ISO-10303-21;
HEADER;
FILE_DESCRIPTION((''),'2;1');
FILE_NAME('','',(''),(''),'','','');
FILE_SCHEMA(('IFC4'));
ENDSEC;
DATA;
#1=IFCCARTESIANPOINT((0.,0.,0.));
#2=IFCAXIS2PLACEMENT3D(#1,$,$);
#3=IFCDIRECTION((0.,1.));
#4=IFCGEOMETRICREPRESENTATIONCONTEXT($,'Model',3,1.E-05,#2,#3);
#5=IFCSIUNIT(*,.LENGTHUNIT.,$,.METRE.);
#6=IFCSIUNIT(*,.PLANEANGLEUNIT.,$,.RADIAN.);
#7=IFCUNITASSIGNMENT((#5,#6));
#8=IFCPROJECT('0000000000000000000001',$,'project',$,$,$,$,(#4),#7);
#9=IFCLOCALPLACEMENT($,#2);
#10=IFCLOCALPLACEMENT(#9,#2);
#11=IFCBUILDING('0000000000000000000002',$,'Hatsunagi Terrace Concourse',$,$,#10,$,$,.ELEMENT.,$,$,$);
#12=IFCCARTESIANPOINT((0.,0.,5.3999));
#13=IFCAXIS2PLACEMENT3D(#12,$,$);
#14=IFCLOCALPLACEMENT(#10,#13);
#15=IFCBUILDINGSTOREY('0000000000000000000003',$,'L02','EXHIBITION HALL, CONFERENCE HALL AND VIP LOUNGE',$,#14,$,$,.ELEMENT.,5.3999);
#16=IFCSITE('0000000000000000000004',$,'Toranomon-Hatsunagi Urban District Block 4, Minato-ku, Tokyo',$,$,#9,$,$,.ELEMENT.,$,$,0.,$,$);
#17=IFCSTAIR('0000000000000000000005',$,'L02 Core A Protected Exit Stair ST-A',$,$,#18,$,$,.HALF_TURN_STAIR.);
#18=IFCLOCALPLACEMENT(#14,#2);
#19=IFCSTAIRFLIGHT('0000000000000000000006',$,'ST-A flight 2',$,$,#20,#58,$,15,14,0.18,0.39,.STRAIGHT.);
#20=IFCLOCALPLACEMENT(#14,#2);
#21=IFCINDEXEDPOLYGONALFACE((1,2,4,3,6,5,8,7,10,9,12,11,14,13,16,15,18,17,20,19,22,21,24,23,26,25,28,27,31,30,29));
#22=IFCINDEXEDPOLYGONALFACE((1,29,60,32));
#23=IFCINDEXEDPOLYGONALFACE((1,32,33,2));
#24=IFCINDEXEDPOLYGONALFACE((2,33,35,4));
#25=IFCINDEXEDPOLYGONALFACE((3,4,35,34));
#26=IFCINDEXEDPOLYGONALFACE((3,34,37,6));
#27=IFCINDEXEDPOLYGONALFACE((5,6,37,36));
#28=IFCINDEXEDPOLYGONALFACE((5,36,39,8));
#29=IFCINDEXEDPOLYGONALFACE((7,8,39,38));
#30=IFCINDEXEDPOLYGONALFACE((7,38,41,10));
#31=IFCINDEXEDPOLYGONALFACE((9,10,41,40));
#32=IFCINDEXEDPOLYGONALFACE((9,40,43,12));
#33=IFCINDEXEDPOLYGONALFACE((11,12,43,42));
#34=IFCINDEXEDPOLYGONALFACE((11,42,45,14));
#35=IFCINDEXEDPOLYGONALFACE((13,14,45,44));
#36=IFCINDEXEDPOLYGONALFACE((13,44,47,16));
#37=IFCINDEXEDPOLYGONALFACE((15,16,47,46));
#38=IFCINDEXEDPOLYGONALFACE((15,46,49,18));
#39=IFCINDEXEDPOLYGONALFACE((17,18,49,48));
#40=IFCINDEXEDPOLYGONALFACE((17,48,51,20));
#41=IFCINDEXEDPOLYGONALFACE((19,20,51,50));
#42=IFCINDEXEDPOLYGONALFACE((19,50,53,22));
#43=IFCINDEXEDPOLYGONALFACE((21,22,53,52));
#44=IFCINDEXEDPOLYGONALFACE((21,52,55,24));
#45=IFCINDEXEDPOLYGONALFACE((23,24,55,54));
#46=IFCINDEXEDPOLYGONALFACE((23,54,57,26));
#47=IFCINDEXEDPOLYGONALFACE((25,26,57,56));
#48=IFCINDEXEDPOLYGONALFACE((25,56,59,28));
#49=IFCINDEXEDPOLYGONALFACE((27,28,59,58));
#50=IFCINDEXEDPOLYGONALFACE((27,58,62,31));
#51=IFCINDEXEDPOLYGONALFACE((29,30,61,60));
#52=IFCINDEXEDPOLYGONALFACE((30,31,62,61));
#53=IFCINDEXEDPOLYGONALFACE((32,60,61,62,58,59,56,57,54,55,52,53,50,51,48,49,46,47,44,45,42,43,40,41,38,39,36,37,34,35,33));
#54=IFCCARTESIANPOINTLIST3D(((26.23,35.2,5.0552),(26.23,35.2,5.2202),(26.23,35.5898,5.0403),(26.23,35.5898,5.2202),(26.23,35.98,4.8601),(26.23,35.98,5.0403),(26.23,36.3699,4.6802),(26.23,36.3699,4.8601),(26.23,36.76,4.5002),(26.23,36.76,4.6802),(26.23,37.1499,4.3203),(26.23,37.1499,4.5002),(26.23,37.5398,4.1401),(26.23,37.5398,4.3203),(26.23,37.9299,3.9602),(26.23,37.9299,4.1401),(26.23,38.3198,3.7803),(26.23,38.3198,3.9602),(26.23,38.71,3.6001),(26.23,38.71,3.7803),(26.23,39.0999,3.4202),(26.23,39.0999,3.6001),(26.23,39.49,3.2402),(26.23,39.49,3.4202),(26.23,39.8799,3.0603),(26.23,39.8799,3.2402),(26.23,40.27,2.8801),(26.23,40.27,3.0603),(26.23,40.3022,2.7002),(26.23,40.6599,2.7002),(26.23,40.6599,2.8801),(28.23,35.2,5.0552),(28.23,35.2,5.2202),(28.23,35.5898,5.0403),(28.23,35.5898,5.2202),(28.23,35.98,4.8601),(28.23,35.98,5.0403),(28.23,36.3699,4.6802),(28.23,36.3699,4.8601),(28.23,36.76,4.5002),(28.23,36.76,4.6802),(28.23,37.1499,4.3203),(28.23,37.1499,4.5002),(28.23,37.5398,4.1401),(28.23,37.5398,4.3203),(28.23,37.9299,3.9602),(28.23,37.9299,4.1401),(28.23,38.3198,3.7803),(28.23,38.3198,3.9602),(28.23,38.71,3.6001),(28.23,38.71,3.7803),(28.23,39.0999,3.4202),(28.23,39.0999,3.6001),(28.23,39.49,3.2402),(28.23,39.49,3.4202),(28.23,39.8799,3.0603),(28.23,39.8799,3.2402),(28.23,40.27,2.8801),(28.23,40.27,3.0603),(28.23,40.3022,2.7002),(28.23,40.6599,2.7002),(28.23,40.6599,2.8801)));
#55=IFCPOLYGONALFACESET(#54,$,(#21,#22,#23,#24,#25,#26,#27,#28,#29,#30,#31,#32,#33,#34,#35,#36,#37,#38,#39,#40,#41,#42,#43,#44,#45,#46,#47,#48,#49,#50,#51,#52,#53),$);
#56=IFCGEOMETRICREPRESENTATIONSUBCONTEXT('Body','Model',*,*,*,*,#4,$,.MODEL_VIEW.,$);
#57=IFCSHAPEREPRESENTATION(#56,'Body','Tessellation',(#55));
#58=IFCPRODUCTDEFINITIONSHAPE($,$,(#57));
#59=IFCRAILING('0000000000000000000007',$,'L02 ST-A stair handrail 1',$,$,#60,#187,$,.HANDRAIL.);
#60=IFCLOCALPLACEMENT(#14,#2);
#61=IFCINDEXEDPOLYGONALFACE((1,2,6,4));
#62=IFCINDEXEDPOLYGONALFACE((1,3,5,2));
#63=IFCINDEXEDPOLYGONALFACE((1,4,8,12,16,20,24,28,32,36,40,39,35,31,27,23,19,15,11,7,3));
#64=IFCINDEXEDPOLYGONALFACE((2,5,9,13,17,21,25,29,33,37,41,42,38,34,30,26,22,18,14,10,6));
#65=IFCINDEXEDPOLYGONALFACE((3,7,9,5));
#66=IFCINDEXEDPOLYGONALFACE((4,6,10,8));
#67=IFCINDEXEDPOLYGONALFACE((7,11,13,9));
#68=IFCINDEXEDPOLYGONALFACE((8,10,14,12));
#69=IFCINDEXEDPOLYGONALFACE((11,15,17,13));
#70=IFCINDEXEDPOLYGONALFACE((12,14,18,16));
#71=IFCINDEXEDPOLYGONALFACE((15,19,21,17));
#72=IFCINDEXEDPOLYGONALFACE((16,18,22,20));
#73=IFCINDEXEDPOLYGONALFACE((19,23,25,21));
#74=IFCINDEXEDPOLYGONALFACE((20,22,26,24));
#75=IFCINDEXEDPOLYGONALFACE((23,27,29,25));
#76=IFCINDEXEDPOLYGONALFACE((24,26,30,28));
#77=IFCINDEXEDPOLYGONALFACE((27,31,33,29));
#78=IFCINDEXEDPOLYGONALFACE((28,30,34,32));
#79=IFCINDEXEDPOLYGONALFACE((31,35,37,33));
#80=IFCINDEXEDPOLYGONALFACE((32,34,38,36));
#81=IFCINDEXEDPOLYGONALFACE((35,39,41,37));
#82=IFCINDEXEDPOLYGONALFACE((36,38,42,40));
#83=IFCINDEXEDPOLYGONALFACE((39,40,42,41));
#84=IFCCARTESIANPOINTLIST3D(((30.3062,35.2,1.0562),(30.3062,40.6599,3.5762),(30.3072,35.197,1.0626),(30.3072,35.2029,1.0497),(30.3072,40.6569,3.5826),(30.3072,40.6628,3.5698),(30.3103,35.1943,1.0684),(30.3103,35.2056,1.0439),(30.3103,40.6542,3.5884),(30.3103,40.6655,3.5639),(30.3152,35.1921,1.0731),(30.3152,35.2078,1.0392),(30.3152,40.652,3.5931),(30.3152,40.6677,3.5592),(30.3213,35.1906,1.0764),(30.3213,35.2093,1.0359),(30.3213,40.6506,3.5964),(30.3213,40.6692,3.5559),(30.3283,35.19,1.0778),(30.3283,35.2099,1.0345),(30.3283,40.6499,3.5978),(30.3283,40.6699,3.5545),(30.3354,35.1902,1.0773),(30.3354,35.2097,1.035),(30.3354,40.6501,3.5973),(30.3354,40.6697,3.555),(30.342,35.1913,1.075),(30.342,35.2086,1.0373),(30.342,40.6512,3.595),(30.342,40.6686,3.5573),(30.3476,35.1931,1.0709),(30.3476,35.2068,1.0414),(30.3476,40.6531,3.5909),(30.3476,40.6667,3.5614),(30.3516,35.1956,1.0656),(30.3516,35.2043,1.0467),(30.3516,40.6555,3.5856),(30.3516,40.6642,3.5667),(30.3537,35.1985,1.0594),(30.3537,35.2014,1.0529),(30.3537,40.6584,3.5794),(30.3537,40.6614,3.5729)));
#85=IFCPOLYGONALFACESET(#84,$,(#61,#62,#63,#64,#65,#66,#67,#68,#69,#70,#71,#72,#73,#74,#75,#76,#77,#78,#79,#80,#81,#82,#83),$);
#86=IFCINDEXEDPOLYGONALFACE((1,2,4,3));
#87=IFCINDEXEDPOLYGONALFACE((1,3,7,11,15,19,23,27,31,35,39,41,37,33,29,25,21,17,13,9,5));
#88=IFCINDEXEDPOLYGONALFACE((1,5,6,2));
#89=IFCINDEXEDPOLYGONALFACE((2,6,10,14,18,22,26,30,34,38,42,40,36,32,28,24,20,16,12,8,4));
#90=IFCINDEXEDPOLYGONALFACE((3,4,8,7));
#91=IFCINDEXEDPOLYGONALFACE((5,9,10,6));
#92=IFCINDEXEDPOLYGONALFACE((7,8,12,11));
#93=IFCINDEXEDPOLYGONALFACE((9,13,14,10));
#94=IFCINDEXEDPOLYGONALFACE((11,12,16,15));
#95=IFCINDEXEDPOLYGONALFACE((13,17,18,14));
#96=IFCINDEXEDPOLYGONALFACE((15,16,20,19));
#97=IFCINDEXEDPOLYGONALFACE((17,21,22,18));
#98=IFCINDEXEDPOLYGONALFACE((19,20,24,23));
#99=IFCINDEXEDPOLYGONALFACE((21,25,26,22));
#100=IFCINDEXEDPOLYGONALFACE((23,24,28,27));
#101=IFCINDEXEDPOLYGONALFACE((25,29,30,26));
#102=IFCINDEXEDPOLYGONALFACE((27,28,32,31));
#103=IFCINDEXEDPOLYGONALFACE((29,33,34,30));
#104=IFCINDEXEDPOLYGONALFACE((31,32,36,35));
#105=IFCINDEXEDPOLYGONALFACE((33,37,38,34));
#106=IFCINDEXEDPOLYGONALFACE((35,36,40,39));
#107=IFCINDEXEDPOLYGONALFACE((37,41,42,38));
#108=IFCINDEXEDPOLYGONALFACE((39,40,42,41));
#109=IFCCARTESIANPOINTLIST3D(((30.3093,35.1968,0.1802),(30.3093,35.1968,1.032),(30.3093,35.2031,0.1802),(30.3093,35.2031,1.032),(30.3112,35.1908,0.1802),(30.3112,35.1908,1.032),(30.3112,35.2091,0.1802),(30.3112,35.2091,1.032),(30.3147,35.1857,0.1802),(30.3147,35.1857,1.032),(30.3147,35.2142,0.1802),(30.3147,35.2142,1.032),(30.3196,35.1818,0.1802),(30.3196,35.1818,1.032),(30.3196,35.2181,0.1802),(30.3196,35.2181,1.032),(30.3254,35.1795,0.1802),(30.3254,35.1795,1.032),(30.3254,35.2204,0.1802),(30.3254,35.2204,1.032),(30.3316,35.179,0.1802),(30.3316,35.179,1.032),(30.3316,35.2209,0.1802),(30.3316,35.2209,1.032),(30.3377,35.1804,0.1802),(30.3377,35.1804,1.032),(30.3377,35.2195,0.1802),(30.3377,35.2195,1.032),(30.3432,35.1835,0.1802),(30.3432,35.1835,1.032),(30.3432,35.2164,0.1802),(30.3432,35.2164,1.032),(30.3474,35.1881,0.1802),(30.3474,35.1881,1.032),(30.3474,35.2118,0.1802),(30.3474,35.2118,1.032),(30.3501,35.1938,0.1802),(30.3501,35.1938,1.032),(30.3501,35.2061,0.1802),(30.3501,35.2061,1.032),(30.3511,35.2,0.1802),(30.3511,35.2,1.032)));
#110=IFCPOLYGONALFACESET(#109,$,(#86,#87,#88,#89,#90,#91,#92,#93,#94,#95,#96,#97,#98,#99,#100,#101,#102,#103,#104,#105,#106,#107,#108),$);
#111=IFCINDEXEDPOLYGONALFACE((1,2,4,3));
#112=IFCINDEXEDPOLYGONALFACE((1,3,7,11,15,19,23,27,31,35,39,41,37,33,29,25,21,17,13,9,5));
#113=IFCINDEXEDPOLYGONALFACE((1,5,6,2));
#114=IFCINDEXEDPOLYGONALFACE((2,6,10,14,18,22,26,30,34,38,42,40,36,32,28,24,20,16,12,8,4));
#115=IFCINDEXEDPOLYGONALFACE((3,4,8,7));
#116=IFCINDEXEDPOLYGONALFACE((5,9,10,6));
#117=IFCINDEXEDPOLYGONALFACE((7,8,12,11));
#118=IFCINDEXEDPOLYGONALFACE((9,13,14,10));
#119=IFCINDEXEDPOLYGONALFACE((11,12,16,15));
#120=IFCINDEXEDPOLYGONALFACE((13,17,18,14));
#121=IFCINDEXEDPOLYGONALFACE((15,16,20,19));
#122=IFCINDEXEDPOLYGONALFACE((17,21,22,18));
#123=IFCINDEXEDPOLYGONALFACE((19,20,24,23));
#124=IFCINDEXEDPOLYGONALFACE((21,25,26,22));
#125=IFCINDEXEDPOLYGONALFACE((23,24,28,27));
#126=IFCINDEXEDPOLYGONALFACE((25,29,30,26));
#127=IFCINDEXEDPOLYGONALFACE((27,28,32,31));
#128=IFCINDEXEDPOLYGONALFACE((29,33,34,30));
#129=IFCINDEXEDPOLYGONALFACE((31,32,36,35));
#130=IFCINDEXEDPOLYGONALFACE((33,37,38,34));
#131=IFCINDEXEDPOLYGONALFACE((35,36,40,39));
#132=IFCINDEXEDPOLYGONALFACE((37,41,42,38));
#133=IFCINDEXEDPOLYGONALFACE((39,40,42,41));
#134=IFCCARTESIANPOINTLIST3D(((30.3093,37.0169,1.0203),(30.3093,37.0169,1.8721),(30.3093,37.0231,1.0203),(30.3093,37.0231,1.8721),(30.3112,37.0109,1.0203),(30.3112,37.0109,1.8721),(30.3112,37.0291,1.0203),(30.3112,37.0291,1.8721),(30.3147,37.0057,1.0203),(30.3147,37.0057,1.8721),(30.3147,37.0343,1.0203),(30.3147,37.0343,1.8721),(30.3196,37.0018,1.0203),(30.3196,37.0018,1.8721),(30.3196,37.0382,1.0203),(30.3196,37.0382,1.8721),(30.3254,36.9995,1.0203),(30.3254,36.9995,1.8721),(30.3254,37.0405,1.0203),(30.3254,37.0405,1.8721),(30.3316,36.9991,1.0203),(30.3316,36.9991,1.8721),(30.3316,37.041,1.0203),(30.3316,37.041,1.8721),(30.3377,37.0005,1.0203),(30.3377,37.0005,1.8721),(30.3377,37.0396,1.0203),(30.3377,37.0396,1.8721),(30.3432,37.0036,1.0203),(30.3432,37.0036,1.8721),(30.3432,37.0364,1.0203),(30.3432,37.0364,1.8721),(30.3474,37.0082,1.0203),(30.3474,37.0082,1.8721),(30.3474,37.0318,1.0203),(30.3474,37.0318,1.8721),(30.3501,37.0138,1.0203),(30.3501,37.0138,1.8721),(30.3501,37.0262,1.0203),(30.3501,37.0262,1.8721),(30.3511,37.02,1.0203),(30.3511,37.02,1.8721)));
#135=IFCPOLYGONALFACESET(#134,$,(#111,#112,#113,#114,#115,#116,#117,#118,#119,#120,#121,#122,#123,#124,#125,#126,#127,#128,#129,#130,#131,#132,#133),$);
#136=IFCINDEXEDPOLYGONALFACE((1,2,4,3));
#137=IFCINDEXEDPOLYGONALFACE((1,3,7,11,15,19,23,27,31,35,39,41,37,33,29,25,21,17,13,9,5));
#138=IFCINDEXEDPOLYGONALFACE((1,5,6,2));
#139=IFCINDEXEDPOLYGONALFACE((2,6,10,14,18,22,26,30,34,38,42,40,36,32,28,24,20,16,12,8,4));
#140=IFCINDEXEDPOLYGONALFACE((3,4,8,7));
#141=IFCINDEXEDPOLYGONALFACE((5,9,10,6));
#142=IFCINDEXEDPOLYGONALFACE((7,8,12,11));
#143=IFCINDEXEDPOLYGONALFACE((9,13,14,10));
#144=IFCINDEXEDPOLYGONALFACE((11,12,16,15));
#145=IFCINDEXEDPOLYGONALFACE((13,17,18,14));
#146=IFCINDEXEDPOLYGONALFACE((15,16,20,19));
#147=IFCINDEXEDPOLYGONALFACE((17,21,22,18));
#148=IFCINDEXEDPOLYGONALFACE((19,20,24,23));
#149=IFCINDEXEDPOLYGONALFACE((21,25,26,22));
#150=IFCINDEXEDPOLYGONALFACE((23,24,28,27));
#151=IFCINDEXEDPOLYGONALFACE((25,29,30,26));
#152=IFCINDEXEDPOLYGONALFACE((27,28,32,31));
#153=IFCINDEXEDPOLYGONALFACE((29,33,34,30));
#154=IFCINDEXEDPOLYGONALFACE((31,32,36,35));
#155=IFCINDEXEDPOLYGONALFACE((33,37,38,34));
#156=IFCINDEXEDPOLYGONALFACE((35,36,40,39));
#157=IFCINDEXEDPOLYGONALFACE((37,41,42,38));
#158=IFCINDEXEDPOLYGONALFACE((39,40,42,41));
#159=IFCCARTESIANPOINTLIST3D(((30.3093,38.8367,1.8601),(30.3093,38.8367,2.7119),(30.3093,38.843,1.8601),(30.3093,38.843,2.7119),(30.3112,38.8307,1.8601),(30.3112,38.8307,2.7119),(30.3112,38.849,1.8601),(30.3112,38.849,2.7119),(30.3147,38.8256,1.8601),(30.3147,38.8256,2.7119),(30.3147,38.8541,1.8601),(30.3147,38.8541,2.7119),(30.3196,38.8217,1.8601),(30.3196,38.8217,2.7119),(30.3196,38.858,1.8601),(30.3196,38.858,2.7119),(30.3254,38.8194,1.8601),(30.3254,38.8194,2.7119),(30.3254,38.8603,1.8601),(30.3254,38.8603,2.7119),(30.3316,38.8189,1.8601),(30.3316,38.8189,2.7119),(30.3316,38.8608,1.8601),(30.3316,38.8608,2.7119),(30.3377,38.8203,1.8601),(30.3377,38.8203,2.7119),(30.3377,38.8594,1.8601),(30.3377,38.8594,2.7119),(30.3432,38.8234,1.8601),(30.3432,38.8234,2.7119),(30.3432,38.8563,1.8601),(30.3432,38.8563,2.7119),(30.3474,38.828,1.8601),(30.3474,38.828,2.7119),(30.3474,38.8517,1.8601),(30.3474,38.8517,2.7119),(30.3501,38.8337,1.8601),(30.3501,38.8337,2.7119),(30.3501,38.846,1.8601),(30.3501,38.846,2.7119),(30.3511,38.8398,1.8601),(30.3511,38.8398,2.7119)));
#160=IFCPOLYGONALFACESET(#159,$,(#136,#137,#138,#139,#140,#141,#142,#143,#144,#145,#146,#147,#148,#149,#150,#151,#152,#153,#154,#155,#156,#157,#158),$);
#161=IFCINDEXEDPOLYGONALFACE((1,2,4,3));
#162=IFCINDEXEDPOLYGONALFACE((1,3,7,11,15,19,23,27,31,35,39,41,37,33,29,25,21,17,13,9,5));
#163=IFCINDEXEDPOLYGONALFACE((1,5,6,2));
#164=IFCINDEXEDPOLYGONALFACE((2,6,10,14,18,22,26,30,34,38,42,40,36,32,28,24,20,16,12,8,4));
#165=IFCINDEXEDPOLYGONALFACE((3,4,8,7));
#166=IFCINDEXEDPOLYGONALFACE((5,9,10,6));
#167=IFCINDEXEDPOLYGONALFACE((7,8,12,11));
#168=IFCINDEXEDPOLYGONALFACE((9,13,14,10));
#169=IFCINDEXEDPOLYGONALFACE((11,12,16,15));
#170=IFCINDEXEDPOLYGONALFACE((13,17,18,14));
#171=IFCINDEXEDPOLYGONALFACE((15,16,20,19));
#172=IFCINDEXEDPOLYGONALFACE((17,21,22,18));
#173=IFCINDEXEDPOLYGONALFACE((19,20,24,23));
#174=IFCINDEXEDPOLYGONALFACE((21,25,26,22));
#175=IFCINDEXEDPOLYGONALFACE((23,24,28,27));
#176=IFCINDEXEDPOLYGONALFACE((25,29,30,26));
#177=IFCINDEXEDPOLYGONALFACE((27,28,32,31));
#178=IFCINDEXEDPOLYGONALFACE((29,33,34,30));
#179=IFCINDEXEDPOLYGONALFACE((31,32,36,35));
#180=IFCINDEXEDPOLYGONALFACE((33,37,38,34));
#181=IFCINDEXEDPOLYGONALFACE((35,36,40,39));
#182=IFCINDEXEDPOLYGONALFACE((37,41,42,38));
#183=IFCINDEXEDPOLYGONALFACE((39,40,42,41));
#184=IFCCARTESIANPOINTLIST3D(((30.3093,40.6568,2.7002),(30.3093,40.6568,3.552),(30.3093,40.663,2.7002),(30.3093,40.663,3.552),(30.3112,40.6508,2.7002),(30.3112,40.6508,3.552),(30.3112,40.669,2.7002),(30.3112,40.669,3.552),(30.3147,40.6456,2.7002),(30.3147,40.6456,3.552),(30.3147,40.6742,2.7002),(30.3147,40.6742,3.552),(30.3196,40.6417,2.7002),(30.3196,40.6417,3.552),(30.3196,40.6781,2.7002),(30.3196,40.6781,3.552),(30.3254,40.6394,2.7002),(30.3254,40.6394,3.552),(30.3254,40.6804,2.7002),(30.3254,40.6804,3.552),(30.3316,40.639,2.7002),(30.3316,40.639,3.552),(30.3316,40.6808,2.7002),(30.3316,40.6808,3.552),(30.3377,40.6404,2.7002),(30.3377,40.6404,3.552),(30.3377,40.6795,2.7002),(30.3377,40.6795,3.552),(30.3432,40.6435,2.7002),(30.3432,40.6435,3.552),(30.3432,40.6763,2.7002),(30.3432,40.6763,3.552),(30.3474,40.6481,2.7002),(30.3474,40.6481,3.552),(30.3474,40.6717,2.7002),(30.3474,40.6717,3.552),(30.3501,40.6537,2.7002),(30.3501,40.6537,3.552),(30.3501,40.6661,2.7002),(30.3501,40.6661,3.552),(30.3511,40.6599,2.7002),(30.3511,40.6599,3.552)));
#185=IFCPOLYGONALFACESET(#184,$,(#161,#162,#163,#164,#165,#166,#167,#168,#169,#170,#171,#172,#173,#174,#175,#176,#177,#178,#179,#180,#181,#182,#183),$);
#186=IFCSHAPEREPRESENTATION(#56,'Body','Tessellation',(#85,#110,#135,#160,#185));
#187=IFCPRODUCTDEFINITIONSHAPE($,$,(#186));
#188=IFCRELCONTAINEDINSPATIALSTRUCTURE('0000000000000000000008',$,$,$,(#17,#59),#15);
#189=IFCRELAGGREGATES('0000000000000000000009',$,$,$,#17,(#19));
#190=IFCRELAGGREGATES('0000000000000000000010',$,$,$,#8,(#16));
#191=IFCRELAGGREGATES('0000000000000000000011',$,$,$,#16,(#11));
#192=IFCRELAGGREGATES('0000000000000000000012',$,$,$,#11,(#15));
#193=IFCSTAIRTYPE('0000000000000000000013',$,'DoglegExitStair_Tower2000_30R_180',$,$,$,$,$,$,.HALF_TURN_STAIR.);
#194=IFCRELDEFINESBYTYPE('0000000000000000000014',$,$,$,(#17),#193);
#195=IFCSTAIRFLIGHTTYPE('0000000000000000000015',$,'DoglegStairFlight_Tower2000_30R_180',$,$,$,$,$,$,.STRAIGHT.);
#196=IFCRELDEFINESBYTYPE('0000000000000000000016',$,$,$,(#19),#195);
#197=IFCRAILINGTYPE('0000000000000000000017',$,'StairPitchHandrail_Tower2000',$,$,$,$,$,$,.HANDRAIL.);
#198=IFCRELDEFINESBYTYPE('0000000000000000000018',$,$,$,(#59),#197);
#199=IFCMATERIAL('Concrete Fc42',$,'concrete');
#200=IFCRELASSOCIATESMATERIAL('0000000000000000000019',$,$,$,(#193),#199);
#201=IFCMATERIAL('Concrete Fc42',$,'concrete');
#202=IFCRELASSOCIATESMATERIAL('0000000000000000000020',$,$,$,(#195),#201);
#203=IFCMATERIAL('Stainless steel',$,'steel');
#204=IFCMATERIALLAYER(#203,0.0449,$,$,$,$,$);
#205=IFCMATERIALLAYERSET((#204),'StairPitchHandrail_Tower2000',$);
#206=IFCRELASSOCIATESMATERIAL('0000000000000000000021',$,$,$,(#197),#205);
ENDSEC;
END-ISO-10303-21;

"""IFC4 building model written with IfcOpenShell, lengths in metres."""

from ifc_helpers import new_model, si_unit, direction, frame, origin, origin_2d, place, context, subcontext, project, spatial, polyline, circle, outline, extrude, material, layer, layer_set, type_object, element, aggregate, save


model = new_model("IFC4")

# Units and contexts
model_context = context("Model", 3, precision=1e-05, world=origin(), true_north=direction((0.0, 1.0)))
body_context = subcontext(model_context, "Body", "Model", "MODEL_VIEW")
ifc_project = project(units=[si_unit("LENGTHUNIT", "METRE"), si_unit("PLANEANGLEUNIT", "RADIAN")], contexts=[model_context])

# Site, building, storey
site_placement = place(None, origin())
site = spatial("IfcSite", under=ifc_project, at=site_placement, Name="Toranomon-Hatsunagi Urban District Block 4, Minato-ku, Tokyo", CompositionType="ELEMENT", RefElevation=0.0)
building_placement = place(site_placement, origin())
building = spatial("IfcBuilding", under=site, at=building_placement, Name="Hatsunagi Terrace Concourse", CompositionType="ELEMENT")
storey_placement = place(building_placement, frame((0.0, 0.0, 5.3999)))
storey = spatial("IfcBuildingStorey", under=building, at=storey_placement, Name="L02", Description="EXHIBITION HALL, CONFERENCE HALL AND VIP LOUNGE", CompositionType="ELEMENT", Elevation=5.3999)

# Stair, stair flight
ifc_material_1 = material(Name="Concrete Fc42", Category="concrete")
stair_type = type_object("IfcStairType", Name="DoglegExitStair_Tower2000_30R_180", PredefinedType="HALF_TURN_STAIR", material=ifc_material_1)
stair_placement = place(storey_placement, origin())
stair = element("IfcStair", 1, at=stair_placement, inside=storey, type_object=stair_type, Name="L02 Core A Protected Exit Stair ST-A", PredefinedType="HALF_TURN_STAIR")
ifc_material_2 = material(Name="Concrete Fc42", Category="concrete")
stair_flight_type = type_object("IfcStairFlightType", Name="DoglegStairFlight_Tower2000_30R_180", PredefinedType="STRAIGHT", material=ifc_material_2)
stair_flight_placement = place(storey_placement, frame((27.23, 40.6599, 2.7002), z_axis=(0.0, 0.0, 1.0), x_axis=(0.0, -1.0, 0.0)))
stair_flight = element("IfcStairFlight", 2, at=stair_flight_placement, type_object=stair_flight_type, Name="ST-A flight 2", NumberOfRisers=15, NumberOfTreads=14, PredefinedType="STRAIGHT", RiserHeight=0.18, TreadLength=0.39, context=body_context, shape_type="SweptSolid", body=[
    extrude(outline(polyline([(0.0, 0.0), (0.0, 0.1799), (0.3899, 0.1799), (0.3899, 0.3601), (0.78, 0.3601), (0.78, 0.54), (1.1699, 0.54), (1.1699, 0.72), (1.5601, 0.72), (1.5601, 0.8999), (1.95, 0.8999), (1.95, 1.0801), (2.3401, 1.0801), (2.3401, 1.26), (2.73, 1.26), (2.73, 1.4399), (3.1201, 1.4399), (3.1201, 1.6201), (3.51, 1.6201), (3.51, 1.8), (3.8999, 1.8), (3.8999, 1.98), (4.29, 1.98), (4.29, 2.1599), (4.6799, 2.1599), (4.6799, 2.3401), (5.0701, 2.3401), (5.0701, 2.52), (5.46, 2.52), (5.46, 2.7), (5.46, 2.355), (0.3577, 0.0), (0.0, 0.0)])), frame((0.0, 1.0, 0.0), z_axis=(0.0, -1.0, 0.0), x_axis=(1.0, 0.0, 0.0)), (0.0, 0.0, 1.0), 2.0),
])
aggregate(stair, [stair_flight])

# Railing
ifc_material_3 = material(Name="Stainless steel", Category="steel")
ifc_layer_1 = layer(ifc_material_3, 0.0449)
ifc_layer_set_1 = layer_set([ifc_layer_1], Name="StairPitchHandrail_Tower2000")
railing_type_1 = type_object("IfcRailingType", Name="StairPitchHandrail_Tower2000", PredefinedType="HANDRAIL", material=ifc_layer_set_1)
railing_1_placement = place(storey_placement, frame((30.3301, 35.2, 0.1802)))
element("IfcRailing", 3, at=railing_1_placement, inside=storey, type_object=railing_type_1, Name="L02 ST-A stair handrail 1", PredefinedType="HANDRAIL", context=body_context, shape_type="SweptSolid", body=[
    extrude(circle(Radius=0.0239, at=origin_2d()), frame((0.0, 0.0, 0.876), z_axis=(0.0, 0.907957, 0.419063), x_axis=(-1.0, 0.0, 0.0)), (0.0, 0.0, 1.0), 6.0134),
    extrude(circle(Radius=0.021, at=origin_2d()), origin(), (0.0, 0.0, 1.0), 0.8518),
    extrude(circle(Radius=0.021, at=origin_2d()), frame((0.0, 1.8201, 0.8401)), (0.0, 0.0, 1.0), 0.8518),
    extrude(circle(Radius=0.021, at=origin_2d()), frame((0.0, 3.6399, 1.6799)), (0.0, 0.0, 1.0), 0.8518),
    extrude(circle(Radius=0.021, at=origin_2d()), frame((0.0, 5.46, 2.52)), (0.0, 0.0, 1.0), 0.8518),
])

save(model, "model.ifc")
